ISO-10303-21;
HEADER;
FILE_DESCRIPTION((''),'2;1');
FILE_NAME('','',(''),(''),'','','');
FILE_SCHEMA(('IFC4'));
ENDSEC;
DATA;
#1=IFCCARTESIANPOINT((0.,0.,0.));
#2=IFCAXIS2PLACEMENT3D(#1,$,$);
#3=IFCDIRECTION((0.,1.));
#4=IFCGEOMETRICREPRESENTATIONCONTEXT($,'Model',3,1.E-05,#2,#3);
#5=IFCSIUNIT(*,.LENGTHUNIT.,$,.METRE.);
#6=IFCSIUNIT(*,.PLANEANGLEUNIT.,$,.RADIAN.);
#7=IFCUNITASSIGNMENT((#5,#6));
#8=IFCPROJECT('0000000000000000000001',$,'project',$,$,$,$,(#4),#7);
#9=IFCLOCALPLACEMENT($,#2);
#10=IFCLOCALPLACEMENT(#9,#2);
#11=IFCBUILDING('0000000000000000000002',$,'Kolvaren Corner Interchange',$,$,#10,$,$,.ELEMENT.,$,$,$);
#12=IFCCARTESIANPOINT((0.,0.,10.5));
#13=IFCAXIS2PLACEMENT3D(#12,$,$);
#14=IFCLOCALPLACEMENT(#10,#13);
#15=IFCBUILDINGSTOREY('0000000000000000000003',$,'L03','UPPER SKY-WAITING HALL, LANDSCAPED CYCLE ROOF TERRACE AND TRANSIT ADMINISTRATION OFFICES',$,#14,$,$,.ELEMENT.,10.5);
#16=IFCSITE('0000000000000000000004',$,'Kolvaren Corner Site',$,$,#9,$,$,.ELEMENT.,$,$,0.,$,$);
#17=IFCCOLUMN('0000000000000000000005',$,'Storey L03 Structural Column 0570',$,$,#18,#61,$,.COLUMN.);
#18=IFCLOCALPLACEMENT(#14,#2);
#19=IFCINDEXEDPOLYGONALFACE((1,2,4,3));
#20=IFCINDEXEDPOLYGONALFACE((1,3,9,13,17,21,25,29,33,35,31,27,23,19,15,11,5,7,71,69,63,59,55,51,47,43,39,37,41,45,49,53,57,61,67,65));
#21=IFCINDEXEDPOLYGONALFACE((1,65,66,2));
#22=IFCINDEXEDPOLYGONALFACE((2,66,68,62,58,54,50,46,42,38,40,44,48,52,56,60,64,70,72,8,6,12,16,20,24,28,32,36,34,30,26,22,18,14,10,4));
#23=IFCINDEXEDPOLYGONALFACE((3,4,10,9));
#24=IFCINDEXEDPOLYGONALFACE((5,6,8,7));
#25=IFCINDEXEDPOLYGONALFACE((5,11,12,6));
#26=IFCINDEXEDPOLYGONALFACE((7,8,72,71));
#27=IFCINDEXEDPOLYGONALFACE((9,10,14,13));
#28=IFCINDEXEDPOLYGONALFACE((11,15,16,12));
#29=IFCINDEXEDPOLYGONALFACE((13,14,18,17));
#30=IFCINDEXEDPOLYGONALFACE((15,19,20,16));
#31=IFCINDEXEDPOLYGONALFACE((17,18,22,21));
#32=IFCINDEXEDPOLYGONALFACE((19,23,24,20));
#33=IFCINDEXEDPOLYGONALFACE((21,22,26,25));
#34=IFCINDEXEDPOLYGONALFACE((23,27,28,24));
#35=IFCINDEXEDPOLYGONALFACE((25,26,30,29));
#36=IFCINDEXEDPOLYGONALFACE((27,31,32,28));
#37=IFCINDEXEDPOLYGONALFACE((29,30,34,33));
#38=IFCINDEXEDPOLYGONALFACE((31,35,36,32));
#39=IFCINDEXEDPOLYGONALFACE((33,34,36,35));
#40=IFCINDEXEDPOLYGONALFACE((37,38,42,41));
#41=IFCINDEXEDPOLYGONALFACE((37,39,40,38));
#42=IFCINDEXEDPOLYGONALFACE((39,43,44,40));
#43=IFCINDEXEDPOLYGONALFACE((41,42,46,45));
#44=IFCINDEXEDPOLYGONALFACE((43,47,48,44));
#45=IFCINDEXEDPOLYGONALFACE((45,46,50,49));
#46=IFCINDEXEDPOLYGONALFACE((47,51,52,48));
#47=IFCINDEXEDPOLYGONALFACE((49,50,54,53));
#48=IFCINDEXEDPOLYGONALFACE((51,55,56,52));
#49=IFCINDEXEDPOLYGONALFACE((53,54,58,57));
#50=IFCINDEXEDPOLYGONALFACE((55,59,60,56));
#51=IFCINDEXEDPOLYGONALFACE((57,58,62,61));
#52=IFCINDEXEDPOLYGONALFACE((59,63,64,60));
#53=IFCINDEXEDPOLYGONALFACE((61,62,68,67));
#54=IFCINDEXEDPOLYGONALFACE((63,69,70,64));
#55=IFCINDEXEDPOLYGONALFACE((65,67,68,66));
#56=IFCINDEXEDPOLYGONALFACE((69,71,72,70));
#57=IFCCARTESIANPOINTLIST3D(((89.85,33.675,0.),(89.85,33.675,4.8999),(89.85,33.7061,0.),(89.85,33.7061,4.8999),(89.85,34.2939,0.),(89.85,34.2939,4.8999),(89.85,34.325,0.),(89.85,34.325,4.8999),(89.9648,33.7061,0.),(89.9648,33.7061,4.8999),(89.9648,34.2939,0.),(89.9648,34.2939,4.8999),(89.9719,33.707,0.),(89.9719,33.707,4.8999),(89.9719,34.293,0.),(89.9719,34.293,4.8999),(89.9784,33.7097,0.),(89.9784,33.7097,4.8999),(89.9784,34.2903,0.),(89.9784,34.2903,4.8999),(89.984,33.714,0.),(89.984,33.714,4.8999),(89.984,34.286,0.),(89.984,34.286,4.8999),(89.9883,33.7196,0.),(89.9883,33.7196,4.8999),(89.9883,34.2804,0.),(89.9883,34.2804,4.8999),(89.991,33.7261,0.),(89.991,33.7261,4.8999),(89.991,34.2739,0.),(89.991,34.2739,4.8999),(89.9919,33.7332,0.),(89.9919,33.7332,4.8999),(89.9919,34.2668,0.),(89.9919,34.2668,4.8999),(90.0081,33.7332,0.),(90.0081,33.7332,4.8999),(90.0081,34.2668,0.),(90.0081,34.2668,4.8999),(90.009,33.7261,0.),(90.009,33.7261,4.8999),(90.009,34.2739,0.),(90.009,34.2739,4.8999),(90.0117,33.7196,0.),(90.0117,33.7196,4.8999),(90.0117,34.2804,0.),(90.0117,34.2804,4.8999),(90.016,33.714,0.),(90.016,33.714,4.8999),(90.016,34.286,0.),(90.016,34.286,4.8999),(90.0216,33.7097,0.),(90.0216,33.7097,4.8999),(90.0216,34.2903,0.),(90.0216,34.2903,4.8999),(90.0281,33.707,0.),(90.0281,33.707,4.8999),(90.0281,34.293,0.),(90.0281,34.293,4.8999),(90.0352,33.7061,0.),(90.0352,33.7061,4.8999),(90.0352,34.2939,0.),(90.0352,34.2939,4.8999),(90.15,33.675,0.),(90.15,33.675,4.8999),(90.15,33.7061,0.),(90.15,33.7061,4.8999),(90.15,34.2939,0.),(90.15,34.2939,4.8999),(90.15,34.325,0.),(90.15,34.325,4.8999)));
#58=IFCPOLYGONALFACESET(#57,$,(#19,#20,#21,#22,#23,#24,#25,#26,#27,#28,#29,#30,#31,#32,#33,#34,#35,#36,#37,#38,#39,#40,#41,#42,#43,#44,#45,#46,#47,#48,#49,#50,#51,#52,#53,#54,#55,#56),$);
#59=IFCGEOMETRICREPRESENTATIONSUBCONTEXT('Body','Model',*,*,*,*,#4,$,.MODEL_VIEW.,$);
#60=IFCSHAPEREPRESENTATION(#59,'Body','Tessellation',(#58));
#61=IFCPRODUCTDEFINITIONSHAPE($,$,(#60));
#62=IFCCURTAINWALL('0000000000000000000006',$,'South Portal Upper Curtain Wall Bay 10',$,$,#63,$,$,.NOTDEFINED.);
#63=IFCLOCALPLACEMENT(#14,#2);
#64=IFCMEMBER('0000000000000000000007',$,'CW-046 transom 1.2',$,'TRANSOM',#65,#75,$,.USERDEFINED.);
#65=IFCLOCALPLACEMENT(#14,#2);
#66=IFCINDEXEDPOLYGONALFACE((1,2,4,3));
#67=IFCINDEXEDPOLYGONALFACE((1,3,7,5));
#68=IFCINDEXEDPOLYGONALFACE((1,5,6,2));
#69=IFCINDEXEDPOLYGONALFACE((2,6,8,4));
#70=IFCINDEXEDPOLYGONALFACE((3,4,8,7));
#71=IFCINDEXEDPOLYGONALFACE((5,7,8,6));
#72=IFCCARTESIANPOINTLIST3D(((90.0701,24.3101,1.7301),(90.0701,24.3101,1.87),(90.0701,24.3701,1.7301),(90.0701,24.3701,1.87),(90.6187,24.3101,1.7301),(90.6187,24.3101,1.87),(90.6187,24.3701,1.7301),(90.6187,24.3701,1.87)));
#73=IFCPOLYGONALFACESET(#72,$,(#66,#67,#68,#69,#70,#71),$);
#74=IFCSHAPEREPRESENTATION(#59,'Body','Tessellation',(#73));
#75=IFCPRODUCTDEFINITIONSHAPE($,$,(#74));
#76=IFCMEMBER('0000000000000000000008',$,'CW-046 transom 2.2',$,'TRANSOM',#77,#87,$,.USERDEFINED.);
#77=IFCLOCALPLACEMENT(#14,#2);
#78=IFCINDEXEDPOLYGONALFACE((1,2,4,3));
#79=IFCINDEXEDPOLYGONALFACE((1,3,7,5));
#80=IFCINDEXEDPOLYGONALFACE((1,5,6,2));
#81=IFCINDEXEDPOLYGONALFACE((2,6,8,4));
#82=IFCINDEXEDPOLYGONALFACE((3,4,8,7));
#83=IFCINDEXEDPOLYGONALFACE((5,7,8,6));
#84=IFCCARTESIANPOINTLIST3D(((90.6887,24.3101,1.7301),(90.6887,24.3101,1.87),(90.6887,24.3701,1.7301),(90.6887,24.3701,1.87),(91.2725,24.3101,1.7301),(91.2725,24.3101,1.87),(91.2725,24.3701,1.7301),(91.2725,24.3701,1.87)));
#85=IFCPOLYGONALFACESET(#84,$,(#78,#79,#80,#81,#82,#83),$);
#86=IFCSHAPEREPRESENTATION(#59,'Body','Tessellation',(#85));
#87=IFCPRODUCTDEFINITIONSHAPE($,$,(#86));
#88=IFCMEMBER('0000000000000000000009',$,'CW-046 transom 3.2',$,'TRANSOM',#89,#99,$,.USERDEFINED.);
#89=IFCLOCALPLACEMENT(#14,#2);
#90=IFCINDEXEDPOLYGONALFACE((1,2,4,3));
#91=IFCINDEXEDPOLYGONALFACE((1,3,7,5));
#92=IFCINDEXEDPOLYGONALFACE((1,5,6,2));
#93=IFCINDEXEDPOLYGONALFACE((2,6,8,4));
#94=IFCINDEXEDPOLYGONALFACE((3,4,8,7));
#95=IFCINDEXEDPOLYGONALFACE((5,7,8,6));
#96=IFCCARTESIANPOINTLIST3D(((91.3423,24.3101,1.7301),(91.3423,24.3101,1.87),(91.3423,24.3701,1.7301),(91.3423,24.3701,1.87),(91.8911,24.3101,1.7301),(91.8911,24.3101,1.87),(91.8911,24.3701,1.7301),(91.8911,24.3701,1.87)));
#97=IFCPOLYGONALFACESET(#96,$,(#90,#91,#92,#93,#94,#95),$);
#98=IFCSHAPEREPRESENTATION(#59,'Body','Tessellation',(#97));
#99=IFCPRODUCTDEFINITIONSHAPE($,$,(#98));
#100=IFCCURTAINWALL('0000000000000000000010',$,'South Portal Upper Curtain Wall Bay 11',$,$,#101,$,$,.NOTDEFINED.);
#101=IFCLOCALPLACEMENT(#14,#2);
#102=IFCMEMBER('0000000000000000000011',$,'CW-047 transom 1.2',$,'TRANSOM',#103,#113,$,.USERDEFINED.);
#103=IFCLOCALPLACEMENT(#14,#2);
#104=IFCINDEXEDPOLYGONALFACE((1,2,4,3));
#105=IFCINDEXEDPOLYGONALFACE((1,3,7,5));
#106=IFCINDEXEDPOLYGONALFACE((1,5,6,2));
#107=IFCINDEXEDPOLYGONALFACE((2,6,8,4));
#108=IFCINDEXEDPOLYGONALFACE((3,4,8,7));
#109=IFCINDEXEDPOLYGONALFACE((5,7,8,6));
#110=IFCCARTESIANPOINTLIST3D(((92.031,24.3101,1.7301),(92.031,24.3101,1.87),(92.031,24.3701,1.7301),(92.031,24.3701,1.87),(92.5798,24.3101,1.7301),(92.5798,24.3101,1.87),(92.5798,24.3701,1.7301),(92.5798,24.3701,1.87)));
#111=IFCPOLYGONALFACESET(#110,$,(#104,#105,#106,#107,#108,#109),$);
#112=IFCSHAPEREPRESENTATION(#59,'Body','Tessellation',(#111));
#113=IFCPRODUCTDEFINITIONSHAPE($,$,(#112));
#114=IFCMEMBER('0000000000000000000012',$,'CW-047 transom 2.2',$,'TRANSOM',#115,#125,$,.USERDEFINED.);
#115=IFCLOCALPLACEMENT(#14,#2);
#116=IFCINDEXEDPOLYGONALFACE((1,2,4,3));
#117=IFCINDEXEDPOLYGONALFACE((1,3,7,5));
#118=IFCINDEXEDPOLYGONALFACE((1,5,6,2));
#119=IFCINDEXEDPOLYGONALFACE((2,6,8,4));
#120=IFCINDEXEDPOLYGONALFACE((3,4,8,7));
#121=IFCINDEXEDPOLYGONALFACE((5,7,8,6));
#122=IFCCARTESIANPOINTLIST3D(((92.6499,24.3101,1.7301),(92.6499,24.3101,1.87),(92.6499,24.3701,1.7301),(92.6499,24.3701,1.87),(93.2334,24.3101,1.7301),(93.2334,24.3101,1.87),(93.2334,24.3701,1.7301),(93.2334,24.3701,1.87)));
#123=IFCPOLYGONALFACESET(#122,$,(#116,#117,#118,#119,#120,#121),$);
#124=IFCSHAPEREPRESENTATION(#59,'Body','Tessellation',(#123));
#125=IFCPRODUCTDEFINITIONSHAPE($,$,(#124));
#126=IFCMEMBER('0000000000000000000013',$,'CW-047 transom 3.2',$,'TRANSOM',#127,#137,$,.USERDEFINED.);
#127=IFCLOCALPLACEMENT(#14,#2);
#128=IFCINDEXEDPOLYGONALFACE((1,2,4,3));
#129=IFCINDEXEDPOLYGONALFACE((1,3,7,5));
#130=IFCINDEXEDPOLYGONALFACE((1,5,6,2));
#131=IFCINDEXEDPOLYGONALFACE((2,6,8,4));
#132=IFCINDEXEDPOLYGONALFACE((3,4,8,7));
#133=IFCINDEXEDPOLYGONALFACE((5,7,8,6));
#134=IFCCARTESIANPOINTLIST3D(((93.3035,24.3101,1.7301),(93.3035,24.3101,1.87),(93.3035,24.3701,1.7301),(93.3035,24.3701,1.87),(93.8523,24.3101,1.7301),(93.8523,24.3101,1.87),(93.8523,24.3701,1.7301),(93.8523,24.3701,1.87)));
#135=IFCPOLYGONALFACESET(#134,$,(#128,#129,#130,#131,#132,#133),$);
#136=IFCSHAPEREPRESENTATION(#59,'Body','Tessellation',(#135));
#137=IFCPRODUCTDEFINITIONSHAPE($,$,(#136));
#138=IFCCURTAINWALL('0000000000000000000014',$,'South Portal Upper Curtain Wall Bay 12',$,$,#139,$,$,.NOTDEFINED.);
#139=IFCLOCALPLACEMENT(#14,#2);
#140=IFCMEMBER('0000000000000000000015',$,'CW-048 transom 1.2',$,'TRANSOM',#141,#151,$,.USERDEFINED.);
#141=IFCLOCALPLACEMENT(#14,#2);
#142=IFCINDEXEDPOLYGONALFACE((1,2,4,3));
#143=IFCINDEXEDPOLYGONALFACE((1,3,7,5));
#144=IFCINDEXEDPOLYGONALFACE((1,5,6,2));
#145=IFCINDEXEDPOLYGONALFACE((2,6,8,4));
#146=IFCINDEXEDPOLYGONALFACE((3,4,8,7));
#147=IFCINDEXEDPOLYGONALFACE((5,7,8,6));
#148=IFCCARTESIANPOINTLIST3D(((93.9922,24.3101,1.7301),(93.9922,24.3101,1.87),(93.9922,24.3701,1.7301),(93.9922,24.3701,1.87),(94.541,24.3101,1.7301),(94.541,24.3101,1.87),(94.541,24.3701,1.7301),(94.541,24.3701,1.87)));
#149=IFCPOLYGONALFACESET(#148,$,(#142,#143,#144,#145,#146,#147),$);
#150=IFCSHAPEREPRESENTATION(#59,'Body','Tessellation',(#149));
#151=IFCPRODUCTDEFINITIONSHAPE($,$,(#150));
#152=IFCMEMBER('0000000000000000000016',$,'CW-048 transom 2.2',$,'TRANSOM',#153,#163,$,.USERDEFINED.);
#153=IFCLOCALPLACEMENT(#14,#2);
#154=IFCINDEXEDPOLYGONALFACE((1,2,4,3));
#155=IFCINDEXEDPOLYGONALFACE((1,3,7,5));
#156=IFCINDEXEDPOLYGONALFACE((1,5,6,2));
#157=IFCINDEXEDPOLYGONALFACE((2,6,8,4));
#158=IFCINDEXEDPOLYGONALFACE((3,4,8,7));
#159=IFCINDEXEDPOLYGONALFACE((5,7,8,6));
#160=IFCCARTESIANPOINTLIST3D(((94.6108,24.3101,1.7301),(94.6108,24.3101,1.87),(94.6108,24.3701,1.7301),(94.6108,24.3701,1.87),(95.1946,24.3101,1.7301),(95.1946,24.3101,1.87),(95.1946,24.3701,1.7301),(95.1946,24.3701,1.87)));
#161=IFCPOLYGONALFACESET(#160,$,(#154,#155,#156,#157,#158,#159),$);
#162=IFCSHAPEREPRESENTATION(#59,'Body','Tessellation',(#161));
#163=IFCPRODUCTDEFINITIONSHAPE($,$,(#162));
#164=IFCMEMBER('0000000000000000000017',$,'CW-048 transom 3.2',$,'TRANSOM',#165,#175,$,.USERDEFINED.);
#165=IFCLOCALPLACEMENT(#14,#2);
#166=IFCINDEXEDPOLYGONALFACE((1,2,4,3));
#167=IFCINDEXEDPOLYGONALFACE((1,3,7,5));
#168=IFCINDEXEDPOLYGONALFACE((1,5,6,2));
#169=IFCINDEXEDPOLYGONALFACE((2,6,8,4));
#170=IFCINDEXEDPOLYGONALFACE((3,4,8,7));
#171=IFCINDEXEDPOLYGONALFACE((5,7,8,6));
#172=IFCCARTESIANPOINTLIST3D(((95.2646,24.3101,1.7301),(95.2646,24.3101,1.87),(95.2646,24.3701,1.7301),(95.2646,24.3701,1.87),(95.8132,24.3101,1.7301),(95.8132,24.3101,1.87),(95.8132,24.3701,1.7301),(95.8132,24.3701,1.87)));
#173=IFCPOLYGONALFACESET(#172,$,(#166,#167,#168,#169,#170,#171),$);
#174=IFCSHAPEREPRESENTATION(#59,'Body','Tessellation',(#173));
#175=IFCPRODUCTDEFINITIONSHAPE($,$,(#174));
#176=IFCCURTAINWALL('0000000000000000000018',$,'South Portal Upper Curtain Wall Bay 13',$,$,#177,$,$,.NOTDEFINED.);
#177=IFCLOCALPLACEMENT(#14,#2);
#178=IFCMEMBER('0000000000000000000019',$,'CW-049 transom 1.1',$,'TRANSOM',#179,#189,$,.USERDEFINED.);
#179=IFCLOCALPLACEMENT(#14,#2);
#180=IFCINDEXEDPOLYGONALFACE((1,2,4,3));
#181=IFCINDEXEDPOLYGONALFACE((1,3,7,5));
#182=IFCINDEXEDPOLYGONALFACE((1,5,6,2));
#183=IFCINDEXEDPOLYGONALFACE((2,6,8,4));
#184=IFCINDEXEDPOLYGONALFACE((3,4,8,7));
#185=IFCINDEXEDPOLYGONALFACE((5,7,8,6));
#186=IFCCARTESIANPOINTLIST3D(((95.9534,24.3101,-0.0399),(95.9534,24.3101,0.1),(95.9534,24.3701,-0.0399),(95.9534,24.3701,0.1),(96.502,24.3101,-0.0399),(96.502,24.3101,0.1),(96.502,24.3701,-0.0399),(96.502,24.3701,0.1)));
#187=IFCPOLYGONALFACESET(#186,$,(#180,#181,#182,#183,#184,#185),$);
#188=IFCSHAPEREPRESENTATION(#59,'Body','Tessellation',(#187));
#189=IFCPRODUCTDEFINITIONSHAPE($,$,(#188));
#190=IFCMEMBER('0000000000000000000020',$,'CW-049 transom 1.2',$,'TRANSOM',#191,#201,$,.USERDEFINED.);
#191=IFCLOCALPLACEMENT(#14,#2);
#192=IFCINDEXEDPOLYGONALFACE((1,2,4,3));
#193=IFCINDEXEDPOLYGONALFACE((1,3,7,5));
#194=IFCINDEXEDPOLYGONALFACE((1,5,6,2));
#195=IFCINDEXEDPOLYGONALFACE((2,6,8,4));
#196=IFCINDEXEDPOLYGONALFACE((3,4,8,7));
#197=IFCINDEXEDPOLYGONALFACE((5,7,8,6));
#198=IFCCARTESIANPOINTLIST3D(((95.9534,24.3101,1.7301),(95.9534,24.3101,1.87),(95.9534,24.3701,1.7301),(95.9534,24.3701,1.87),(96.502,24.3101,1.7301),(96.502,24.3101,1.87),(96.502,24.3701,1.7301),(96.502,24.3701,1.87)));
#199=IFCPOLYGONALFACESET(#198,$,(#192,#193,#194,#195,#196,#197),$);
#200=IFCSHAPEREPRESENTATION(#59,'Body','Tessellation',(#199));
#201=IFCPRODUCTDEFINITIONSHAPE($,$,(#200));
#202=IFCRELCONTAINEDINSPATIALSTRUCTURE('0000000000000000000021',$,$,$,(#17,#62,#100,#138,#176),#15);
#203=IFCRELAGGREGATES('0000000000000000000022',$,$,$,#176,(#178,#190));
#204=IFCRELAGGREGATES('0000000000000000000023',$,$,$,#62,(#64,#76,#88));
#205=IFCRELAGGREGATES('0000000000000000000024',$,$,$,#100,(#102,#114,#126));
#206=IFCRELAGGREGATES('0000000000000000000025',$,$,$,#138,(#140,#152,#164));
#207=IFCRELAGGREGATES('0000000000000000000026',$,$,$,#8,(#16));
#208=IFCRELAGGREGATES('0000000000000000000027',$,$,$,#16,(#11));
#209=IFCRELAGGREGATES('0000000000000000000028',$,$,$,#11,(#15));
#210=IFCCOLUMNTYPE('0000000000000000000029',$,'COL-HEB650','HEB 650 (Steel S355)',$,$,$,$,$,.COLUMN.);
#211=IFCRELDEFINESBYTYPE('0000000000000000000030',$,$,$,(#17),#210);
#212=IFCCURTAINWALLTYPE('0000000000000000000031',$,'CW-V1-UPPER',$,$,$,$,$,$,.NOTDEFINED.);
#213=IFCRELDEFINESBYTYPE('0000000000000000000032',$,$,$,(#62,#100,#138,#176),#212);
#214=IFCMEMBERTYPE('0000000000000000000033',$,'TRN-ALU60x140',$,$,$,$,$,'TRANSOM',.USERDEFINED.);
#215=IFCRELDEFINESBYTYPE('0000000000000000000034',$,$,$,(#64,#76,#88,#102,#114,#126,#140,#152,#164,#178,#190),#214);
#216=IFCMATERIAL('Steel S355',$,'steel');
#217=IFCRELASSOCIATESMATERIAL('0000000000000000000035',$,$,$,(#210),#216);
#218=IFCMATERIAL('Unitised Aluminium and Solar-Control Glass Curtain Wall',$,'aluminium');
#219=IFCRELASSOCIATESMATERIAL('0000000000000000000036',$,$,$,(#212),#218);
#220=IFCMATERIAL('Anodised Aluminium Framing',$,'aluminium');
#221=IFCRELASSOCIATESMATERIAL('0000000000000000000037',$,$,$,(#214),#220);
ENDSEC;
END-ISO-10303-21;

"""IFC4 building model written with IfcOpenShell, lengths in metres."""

from ifc_helpers import new_model, si_unit, direction, frame, origin, origin_2d, place, context, subcontext, project, spatial, rectangle, i_section, extrude, material, material_profile, profile_set, type_object, element, aggregate, save


model = new_model("IFC4")

# Units and contexts
model_context = context("Model", 3, precision=1e-05, world=origin(), true_north=direction((0.0, 1.0)))
body_context = subcontext(model_context, "Body", "Model", "MODEL_VIEW")
ifc_project = project(units=[si_unit("LENGTHUNIT", "METRE"), si_unit("PLANEANGLEUNIT", "RADIAN")], contexts=[model_context])

# Site, building, storey
site_placement = place(None, origin())
site = spatial("IfcSite", under=ifc_project, at=site_placement, Name="Kolvaren Corner Site", CompositionType="ELEMENT", RefElevation=0.0)
building_placement = place(site_placement, origin())
building = spatial("IfcBuilding", under=site, at=building_placement, Name="Kolvaren Corner Interchange", CompositionType="ELEMENT")
storey_placement = place(building_placement, frame((0.0, 0.0, 10.5)))
storey = spatial("IfcBuildingStorey", under=building, at=storey_placement, Name="L03", Description="UPPER SKY-WAITING HALL, LANDSCAPED CYCLE ROOF TERRACE AND TRANSIT ADMINISTRATION OFFICES", CompositionType="ELEMENT", Elevation=10.5)

# Column
ifc_material_1 = material(Name="Steel S355", Category="steel")
ifc_material_profile_1 = material_profile(ifc_material_1, i_section(OverallWidth=0.3, OverallDepth=0.6499, WebThickness=0.0161, FlangeThickness=0.031, FilletRadius=0.0271, at=origin_2d()), Name="HEB 650")
ifc_profile_set_1 = profile_set([ifc_material_profile_1], Name="Steel S355")
column_type = type_object("IfcColumnType", Name="COL-HEB650", Description="HEB 650 (Steel S355)", PredefinedType="COLUMN", material=ifc_profile_set_1)
column_placement = place(storey_placement, frame((90.0, 34.0, 0.0), z_axis=(0.0, 0.0, 1.0), x_axis=(1.0, 0.0, 0.0)))
element("IfcColumn", 1, at=column_placement, inside=storey, type_object=column_type, Name="Storey L03 Structural Column 0570", PredefinedType="COLUMN", context=body_context, shape_type="SweptSolid", body=[
    extrude(i_section(OverallWidth=0.3, OverallDepth=0.6499, WebThickness=0.0161, FlangeThickness=0.031, FilletRadius=0.0271, at=origin_2d()), origin(), (0.0, 0.0, 1.0), 4.8999),
])

# Curtain walls, members
ifc_material_2 = material(Name="Unitised Aluminium and Solar-Control Glass Curtain Wall", Category="aluminium")
curtain_wall_type = type_object("IfcCurtainWallType", Name="CW-V1-UPPER", PredefinedType="NOTDEFINED", material=ifc_material_2)
curtain_wall_1_placement = place(storey_placement, origin())
curtain_wall_1 = element("IfcCurtainWall", 2, at=curtain_wall_1_placement, inside=storey, type_object=curtain_wall_type, Name="South Portal Upper Curtain Wall Bay 10", PredefinedType="NOTDEFINED")
ifc_material_3 = material(Name="Anodised Aluminium Framing", Category="aluminium")
ifc_material_profile_2 = material_profile(ifc_material_3, rectangle(XDim=0.0601, YDim=0.1399, at=origin_2d()), Name="ALU 60x140")
ifc_profile_set_2 = profile_set([ifc_material_profile_2], Name="Anodised Aluminium Framing")
member_type = type_object("IfcMemberType", Name="TRN-ALU60x140", ElementType="TRANSOM", PredefinedType="USERDEFINED", material=ifc_profile_set_2)
member_1_placement = place(storey_placement, frame((90.0701, 24.3401, 1.8), z_axis=(1.0, 0.0, 0.0), x_axis=(0.0, 1.0, 0.0)))
member_1 = element("IfcMember", 3, at=member_1_placement, type_object=member_type, Name="CW-046 transom 1.2", ObjectType="TRANSOM", PredefinedType="USERDEFINED", context=body_context, shape_type="SweptSolid", body=[
    extrude(rectangle(XDim=0.0601, YDim=0.1399, at=origin_2d()), origin(), (0.0, 0.0, 1.0), 0.5486),
])
member_2_placement = place(storey_placement, frame((90.6887, 24.3401, 1.8), z_axis=(1.0, 0.0, 0.0), x_axis=(0.0, 1.0, 0.0)))
member_2 = element("IfcMember", 4, at=member_2_placement, type_object=member_type, Name="CW-046 transom 2.2", ObjectType="TRANSOM", PredefinedType="USERDEFINED", context=body_context, shape_type="SweptSolid", body=[
    extrude(rectangle(XDim=0.0601, YDim=0.1399, at=origin_2d()), origin(), (0.0, 0.0, 1.0), 0.5837),
])
member_3_placement = place(storey_placement, frame((91.3423, 24.3401, 1.8), z_axis=(1.0, 0.0, 0.0), x_axis=(0.0, 1.0, 0.0)))
member_3 = element("IfcMember", 5, at=member_3_placement, type_object=member_type, Name="CW-046 transom 3.2", ObjectType="TRANSOM", PredefinedType="USERDEFINED", context=body_context, shape_type="SweptSolid", body=[
    extrude(rectangle(XDim=0.0601, YDim=0.1399, at=origin_2d()), origin(), (0.0, 0.0, 1.0), 0.5488),
])
curtain_wall_2_placement = place(storey_placement, origin())
curtain_wall_2 = element("IfcCurtainWall", 6, at=curtain_wall_2_placement, inside=storey, type_object=curtain_wall_type, Name="South Portal Upper Curtain Wall Bay 11", PredefinedType="NOTDEFINED")
member_4_placement = place(storey_placement, frame((92.031, 24.3401, 1.8), z_axis=(1.0, 0.0, 0.0), x_axis=(0.0, 1.0, 0.0)))
member_4 = element("IfcMember", 7, at=member_4_placement, type_object=member_type, Name="CW-047 transom 1.2", ObjectType="TRANSOM", PredefinedType="USERDEFINED", context=body_context, shape_type="SweptSolid", body=[
    extrude(rectangle(XDim=0.0601, YDim=0.1399, at=origin_2d()), origin(), (0.0, 0.0, 1.0), 0.5488),
])
member_5_placement = place(storey_placement, frame((92.6499, 24.3401, 1.8), z_axis=(1.0, 0.0, 0.0), x_axis=(0.0, 1.0, 0.0)))
member_5 = element("IfcMember", 8, at=member_5_placement, type_object=member_type, Name="CW-047 transom 2.2", ObjectType="TRANSOM", PredefinedType="USERDEFINED", context=body_context, shape_type="SweptSolid", body=[
    extrude(rectangle(XDim=0.0601, YDim=0.1399, at=origin_2d()), origin(), (0.0, 0.0, 1.0), 0.5835),
])
member_6_placement = place(storey_placement, frame((93.3035, 24.3401, 1.8), z_axis=(1.0, 0.0, 0.0), x_axis=(0.0, 1.0, 0.0)))
member_6 = element("IfcMember", 9, at=member_6_placement, type_object=member_type, Name="CW-047 transom 3.2", ObjectType="TRANSOM", PredefinedType="USERDEFINED", context=body_context, shape_type="SweptSolid", body=[
    extrude(rectangle(XDim=0.0601, YDim=0.1399, at=origin_2d()), origin(), (0.0, 0.0, 1.0), 0.5488),
])
curtain_wall_3_placement = place(storey_placement, origin())
curtain_wall_3 = element("IfcCurtainWall", 10, at=curtain_wall_3_placement, inside=storey, type_object=curtain_wall_type, Name="South Portal Upper Curtain Wall Bay 12", PredefinedType="NOTDEFINED")
member_7_placement = place(storey_placement, frame((93.9922, 24.3401, 1.8), z_axis=(1.0, 0.0, 0.0), x_axis=(0.0, 1.0, 0.0)))
member_7 = element("IfcMember", 11, at=member_7_placement, type_object=member_type, Name="CW-048 transom 1.2", ObjectType="TRANSOM", PredefinedType="USERDEFINED", context=body_context, shape_type="SweptSolid", body=[
    extrude(rectangle(XDim=0.0601, YDim=0.1399, at=origin_2d()), origin(), (0.0, 0.0, 1.0), 0.5488),
])
member_8_placement = place(storey_placement, frame((94.6108, 24.3401, 1.8), z_axis=(1.0, 0.0, 0.0), x_axis=(0.0, 1.0, 0.0)))
member_8 = element("IfcMember", 12, at=member_8_placement, type_object=member_type, Name="CW-048 transom 2.2", ObjectType="TRANSOM", PredefinedType="USERDEFINED", context=body_context, shape_type="SweptSolid", body=[
    extrude(rectangle(XDim=0.0601, YDim=0.1399, at=origin_2d()), origin(), (0.0, 0.0, 1.0), 0.5837),
])
member_9_placement = place(storey_placement, frame((95.2646, 24.3401, 1.8), z_axis=(1.0, 0.0, 0.0), x_axis=(0.0, 1.0, 0.0)))
member_9 = element("IfcMember", 13, at=member_9_placement, type_object=member_type, Name="CW-048 transom 3.2", ObjectType="TRANSOM", PredefinedType="USERDEFINED", context=body_context, shape_type="SweptSolid", body=[
    extrude(rectangle(XDim=0.0601, YDim=0.1399, at=origin_2d()), origin(), (0.0, 0.0, 1.0), 0.5486),
])
curtain_wall_4_placement = place(storey_placement, origin())
curtain_wall_4 = element("IfcCurtainWall", 14, at=curtain_wall_4_placement, inside=storey, type_object=curtain_wall_type, Name="South Portal Upper Curtain Wall Bay 13", PredefinedType="NOTDEFINED")
member_10_placement = place(storey_placement, frame((95.9534, 24.3401, 0.03), z_axis=(1.0, 0.0, 0.0), x_axis=(0.0, 1.0, 0.0)))
member_10 = element("IfcMember", 15, at=member_10_placement, type_object=member_type, Name="CW-049 transom 1.1", ObjectType="TRANSOM", PredefinedType="USERDEFINED", context=body_context, shape_type="SweptSolid", body=[
    extrude(rectangle(XDim=0.0601, YDim=0.1399, at=origin_2d()), origin(), (0.0, 0.0, 1.0), 0.5486),
])
member_11_placement = place(storey_placement, frame((95.9534, 24.3401, 1.8), z_axis=(1.0, 0.0, 0.0), x_axis=(0.0, 1.0, 0.0)))
member_11 = element("IfcMember", 16, at=member_11_placement, type_object=member_type, Name="CW-049 transom 1.2", ObjectType="TRANSOM", PredefinedType="USERDEFINED", context=body_context, shape_type="SweptSolid", body=[
    extrude(rectangle(XDim=0.0601, YDim=0.1399, at=origin_2d()), origin(), (0.0, 0.0, 1.0), 0.5486),
])
aggregate(curtain_wall_4, [member_10, member_11])

aggregate(curtain_wall_1, [member_1, member_2, member_3])
aggregate(curtain_wall_2, [member_4, member_5, member_6])
aggregate(curtain_wall_3, [member_7, member_8, member_9])

save(model, "model.ifc")
